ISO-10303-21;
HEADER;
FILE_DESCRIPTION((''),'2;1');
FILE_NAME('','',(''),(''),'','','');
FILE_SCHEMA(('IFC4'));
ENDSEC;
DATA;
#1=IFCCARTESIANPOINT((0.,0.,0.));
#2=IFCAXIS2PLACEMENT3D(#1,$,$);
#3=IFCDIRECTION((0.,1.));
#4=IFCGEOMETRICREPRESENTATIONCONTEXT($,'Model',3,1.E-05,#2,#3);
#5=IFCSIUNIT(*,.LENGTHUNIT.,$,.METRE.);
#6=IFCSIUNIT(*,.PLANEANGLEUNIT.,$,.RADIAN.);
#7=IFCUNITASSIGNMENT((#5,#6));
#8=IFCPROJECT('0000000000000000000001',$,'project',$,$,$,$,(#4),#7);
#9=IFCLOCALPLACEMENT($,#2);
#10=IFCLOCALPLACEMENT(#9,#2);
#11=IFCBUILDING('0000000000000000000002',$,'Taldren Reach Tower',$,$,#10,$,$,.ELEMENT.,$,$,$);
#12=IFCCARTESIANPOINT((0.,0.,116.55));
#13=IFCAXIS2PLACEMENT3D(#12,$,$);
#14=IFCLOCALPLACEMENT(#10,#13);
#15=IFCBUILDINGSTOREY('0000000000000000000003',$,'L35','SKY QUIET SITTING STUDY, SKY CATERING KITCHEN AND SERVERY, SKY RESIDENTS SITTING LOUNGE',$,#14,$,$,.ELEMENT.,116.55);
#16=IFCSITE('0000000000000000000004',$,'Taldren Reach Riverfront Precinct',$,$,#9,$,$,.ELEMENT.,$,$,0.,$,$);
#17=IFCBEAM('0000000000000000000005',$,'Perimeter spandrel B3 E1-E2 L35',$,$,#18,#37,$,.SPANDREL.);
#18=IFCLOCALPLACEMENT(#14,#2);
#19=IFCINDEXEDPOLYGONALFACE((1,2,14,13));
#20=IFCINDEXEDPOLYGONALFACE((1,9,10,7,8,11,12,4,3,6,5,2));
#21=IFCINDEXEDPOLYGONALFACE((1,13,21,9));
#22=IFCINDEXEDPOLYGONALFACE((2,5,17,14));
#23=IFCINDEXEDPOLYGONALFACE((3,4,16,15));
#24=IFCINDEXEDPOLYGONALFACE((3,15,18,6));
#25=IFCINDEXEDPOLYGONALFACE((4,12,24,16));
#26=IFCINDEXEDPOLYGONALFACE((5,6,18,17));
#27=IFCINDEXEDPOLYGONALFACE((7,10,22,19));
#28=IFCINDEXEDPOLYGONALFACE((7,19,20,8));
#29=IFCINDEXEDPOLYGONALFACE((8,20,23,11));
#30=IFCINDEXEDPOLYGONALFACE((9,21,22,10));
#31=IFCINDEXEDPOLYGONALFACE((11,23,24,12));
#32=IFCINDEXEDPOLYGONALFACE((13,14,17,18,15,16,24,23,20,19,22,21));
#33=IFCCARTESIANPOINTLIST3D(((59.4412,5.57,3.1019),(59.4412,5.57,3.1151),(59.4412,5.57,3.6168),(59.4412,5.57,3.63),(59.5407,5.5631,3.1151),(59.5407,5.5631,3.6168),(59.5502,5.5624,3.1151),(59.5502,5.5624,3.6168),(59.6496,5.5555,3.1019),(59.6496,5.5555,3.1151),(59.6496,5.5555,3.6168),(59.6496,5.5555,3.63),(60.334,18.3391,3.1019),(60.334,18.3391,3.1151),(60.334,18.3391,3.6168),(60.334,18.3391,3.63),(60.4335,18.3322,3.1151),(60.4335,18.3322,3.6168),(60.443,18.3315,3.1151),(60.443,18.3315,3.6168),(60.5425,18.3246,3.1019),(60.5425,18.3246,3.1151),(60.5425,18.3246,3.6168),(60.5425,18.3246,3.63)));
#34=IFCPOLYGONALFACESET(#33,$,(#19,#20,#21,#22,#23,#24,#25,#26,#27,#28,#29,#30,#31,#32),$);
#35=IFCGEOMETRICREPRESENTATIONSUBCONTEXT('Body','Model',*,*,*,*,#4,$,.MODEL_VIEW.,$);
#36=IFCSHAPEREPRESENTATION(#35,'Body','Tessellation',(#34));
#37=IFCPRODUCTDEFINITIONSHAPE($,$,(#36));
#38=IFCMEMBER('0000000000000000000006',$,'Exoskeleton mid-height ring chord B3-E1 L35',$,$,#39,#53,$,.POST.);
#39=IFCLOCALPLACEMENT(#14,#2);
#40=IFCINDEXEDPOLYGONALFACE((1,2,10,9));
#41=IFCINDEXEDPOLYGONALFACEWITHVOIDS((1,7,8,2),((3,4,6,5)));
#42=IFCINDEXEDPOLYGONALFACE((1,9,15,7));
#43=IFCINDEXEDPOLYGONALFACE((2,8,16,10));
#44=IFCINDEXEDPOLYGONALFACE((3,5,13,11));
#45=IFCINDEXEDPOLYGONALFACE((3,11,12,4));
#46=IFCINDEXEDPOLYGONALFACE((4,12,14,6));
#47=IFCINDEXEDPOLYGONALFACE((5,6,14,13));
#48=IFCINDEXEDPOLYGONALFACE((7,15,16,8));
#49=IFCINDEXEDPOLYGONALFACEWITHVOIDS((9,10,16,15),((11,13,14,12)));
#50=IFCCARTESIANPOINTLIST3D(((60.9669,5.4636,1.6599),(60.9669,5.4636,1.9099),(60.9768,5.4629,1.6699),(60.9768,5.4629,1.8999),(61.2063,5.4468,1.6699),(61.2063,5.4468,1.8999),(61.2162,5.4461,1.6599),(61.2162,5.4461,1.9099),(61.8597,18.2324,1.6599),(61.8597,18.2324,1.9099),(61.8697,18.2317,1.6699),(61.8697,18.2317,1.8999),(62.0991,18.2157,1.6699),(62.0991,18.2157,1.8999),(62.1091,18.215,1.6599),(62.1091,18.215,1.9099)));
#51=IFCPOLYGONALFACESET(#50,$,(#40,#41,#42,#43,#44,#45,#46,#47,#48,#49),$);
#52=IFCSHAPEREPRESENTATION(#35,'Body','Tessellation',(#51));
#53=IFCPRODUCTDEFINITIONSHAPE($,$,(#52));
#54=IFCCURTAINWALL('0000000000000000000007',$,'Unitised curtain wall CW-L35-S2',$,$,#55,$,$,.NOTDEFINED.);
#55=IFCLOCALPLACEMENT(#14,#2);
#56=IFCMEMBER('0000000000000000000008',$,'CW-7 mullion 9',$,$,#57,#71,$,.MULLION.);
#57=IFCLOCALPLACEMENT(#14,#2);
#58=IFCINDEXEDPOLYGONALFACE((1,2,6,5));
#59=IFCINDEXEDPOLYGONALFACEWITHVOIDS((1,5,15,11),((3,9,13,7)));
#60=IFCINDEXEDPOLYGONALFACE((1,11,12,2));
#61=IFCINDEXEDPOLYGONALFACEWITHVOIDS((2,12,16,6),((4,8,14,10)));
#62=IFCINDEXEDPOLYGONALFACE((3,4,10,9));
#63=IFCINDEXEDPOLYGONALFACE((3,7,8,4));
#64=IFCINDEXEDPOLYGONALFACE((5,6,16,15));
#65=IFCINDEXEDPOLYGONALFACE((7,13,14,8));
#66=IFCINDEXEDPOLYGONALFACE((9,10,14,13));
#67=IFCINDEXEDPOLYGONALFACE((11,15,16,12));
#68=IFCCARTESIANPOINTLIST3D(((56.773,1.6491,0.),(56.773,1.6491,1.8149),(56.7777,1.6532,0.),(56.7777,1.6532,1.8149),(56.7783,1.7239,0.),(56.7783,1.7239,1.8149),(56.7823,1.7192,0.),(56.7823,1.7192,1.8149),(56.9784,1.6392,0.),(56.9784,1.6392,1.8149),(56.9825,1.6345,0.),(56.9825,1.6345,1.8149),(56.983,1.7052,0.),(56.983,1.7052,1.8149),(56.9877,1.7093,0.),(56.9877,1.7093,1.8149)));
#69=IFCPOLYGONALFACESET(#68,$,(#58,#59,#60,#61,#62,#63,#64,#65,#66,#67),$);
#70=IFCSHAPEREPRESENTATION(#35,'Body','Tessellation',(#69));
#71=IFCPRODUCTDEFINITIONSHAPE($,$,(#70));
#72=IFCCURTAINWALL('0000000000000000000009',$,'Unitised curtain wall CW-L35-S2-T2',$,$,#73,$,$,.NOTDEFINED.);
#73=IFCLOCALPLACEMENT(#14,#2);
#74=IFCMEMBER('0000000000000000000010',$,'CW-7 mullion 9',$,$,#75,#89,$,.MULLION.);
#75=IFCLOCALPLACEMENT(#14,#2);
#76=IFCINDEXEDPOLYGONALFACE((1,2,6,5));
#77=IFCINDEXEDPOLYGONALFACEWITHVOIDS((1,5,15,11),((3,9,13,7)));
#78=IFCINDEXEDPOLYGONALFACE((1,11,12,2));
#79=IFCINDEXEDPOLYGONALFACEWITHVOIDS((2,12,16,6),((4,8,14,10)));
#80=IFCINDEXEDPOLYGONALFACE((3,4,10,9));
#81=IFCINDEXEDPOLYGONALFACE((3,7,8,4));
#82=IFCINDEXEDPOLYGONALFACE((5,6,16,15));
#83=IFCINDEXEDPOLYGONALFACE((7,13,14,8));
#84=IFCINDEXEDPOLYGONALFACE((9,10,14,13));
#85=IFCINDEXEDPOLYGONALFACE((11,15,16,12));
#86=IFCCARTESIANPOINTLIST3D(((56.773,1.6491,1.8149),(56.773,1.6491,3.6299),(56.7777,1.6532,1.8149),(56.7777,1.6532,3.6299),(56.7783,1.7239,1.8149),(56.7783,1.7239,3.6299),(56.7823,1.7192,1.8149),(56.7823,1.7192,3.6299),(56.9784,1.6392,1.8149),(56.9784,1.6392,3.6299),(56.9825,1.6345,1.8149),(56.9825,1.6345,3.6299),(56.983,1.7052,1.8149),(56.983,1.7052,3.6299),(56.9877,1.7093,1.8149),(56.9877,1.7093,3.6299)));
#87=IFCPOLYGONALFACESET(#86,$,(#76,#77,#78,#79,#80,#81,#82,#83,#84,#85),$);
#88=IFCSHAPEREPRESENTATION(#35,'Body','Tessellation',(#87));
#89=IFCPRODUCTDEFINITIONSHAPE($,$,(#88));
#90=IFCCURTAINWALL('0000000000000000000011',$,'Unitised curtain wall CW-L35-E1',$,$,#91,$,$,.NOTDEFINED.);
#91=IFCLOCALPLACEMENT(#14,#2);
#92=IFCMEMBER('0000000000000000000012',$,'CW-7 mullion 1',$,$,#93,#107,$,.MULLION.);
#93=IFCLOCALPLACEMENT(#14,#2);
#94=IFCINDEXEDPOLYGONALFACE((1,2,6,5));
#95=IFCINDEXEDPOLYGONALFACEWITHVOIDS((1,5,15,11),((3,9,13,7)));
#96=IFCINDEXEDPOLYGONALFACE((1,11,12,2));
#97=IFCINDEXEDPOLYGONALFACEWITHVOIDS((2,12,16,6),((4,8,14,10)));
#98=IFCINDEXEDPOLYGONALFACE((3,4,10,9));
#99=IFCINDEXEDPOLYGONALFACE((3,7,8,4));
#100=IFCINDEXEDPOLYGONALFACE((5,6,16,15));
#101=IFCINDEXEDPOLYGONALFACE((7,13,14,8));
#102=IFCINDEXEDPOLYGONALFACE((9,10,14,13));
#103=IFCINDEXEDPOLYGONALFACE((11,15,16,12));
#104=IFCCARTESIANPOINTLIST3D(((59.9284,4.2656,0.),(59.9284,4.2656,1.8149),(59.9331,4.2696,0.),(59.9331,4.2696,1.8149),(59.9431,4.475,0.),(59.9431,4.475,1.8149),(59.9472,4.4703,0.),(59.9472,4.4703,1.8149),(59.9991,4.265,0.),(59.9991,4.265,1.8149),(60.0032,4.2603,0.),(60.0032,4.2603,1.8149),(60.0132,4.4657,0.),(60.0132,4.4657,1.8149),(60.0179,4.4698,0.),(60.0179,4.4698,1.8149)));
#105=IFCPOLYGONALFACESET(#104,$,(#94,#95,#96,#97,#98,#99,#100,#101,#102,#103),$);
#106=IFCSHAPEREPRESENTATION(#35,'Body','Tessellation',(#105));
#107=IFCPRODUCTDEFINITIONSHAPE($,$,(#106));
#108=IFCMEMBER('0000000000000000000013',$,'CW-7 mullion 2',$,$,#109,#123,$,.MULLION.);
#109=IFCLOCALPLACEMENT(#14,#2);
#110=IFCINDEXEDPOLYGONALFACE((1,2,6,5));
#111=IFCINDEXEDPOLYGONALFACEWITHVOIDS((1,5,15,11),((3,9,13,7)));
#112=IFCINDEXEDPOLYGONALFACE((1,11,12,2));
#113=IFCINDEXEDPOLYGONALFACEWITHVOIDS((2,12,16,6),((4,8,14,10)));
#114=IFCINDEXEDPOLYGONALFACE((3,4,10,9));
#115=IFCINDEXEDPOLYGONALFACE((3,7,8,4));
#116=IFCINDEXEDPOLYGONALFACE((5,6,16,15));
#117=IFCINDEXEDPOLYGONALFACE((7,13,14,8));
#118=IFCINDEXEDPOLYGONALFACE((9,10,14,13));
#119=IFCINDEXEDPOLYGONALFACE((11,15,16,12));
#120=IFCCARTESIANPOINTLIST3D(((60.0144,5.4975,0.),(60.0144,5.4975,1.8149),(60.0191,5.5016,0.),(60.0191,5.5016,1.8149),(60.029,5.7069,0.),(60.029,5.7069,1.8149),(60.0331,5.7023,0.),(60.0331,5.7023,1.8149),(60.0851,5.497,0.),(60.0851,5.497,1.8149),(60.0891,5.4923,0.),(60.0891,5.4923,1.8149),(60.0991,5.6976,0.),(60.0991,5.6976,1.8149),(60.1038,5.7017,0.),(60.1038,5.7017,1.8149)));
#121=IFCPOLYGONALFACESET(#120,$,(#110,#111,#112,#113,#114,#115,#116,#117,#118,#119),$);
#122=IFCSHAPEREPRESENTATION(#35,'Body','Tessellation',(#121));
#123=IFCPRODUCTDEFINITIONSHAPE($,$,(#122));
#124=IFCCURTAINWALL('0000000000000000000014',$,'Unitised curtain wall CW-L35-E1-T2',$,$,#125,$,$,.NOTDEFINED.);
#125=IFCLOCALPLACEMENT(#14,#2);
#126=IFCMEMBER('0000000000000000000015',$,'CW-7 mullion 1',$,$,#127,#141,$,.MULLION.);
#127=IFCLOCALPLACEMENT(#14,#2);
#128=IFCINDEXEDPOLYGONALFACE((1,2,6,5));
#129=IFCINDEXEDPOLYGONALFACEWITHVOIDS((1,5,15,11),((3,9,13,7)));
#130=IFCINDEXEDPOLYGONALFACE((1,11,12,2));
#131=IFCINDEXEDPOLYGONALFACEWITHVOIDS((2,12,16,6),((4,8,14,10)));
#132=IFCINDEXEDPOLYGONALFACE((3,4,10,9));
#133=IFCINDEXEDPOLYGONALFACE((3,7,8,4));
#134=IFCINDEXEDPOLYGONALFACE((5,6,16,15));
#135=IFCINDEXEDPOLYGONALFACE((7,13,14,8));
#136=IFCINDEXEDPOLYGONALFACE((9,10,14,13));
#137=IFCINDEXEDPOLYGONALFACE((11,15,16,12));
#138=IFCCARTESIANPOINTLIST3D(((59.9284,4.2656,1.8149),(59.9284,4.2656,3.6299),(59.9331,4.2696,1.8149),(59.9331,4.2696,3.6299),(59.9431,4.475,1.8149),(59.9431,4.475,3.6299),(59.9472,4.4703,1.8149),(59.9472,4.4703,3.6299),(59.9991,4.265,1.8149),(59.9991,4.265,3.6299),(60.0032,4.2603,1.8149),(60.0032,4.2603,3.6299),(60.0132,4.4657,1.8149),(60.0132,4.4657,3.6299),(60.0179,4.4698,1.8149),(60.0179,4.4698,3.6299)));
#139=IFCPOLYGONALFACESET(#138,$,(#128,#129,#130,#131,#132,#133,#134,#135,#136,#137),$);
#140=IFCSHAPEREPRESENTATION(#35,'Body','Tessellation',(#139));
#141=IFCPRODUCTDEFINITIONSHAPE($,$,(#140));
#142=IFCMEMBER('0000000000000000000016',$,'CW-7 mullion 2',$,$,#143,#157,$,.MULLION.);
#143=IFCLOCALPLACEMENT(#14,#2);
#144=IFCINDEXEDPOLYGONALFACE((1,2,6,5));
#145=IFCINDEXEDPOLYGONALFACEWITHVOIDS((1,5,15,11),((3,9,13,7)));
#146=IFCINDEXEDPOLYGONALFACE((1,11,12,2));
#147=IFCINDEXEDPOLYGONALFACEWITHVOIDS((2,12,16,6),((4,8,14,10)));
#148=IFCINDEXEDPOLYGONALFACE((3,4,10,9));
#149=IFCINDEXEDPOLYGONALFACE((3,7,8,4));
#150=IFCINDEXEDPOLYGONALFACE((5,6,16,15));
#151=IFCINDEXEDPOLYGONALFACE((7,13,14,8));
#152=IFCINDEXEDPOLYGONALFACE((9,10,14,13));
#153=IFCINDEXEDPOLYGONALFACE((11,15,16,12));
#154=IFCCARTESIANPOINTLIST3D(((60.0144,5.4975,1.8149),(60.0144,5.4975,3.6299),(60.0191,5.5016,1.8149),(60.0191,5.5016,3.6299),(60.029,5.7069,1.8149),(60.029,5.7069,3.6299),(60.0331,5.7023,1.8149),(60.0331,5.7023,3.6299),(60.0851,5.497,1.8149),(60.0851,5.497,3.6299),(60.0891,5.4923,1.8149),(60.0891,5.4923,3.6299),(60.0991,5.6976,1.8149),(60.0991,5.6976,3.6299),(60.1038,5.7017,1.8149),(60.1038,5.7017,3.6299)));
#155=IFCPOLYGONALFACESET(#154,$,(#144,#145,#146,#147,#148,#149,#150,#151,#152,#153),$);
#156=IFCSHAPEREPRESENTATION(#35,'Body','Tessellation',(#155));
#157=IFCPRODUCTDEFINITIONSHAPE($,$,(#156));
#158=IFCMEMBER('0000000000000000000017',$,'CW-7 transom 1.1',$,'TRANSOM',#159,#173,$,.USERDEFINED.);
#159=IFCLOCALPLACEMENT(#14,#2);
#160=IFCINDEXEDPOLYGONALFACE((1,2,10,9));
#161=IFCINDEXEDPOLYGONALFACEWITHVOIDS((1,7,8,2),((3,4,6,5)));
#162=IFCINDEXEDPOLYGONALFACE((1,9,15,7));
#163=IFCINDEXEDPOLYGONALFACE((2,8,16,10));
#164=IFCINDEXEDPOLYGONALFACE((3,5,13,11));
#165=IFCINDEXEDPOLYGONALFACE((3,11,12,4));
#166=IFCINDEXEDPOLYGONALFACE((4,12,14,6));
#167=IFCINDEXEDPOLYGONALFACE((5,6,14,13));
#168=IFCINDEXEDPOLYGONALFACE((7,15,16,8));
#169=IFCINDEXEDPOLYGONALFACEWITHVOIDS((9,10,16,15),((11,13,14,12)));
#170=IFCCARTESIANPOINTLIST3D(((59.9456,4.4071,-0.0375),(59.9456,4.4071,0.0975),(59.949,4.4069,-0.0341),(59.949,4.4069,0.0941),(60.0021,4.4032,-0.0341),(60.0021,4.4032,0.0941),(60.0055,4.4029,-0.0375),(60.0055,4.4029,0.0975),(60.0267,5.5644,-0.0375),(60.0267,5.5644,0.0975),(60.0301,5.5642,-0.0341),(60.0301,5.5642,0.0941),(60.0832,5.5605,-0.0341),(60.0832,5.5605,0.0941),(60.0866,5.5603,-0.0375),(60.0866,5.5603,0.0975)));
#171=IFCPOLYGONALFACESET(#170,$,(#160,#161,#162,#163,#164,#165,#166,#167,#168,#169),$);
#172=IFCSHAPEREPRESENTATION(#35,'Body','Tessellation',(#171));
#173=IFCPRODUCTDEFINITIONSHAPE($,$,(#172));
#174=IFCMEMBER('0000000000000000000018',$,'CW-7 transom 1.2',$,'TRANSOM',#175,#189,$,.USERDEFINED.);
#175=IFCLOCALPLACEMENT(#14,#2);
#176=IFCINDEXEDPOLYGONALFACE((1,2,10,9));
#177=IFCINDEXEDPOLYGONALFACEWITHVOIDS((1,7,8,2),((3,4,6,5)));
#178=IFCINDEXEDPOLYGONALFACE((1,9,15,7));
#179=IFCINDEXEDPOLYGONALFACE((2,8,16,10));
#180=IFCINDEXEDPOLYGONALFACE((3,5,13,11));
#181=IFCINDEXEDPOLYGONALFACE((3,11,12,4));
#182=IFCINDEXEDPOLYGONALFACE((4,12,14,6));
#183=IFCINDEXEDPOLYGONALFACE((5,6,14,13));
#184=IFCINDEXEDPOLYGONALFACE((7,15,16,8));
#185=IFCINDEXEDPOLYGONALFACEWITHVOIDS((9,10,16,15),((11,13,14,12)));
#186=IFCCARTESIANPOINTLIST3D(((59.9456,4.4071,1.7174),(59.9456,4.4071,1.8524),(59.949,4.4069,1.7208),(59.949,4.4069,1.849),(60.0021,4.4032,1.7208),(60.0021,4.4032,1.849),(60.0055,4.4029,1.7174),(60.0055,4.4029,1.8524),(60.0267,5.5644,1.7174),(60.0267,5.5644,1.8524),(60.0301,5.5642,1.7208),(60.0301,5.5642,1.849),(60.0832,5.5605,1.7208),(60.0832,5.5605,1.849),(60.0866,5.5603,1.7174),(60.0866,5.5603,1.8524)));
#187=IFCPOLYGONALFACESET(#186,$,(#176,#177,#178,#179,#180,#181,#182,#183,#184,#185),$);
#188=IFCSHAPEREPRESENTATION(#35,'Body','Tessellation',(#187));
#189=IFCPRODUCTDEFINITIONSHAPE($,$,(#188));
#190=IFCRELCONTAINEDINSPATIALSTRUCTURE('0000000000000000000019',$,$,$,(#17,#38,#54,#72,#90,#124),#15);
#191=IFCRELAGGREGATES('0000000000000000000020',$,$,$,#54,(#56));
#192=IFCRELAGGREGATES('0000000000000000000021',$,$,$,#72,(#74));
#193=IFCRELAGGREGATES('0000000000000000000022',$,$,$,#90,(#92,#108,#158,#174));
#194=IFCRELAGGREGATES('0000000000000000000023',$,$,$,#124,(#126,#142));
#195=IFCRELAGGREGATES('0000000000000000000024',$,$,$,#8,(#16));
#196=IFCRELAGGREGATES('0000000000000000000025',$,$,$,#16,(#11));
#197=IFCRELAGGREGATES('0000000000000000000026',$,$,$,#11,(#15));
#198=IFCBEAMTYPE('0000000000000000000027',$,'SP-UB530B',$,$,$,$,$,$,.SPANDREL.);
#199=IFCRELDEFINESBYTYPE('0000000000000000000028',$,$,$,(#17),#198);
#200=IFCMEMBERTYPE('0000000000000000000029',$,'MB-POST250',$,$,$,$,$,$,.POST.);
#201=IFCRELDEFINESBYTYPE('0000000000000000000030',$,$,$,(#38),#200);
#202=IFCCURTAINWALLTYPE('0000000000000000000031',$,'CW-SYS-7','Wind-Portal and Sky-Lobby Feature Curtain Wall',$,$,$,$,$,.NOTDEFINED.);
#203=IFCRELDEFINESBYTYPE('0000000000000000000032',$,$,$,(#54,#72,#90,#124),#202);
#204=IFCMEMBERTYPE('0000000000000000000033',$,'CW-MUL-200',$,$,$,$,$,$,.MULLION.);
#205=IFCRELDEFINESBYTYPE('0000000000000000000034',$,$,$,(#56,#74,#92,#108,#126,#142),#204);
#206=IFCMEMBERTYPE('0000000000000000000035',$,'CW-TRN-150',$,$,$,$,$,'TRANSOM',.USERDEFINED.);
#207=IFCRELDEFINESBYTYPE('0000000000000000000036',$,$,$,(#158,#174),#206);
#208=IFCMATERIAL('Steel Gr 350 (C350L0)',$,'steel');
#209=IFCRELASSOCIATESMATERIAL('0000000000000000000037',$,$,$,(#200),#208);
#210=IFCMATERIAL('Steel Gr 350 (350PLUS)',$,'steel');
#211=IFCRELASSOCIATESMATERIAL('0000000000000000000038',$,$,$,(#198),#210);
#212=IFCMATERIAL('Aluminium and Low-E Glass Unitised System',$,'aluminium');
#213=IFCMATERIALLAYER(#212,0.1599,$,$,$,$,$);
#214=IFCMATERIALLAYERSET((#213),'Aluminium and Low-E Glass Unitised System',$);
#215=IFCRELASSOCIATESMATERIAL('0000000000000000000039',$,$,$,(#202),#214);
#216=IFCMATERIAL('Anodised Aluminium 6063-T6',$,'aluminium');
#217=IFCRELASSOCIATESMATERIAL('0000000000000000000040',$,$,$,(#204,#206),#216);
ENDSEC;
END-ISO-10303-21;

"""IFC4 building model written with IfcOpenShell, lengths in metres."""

from ifc_helpers import new_model, si_unit, direction, frame, origin, origin_2d, place, context, subcontext, project, spatial, hollow_rectangle, i_section, extrude, source, transform, mapped, material, layer, layer_set, material_profile, profile_set, type_object, element, aggregate, save


model = new_model("IFC4")

# Units and contexts
model_context = context("Model", 3, precision=1e-05, world=origin(), true_north=direction((0.0, 1.0)))
body_context = subcontext(model_context, "Body", "Model", "MODEL_VIEW")
ifc_project = project(units=[si_unit("LENGTHUNIT", "METRE"), si_unit("PLANEANGLEUNIT", "RADIAN")], contexts=[model_context])

# Site, building, storey
site_placement = place(None, origin())
site = spatial("IfcSite", under=ifc_project, at=site_placement, Name="Taldren Reach Riverfront Precinct", CompositionType="ELEMENT", RefElevation=0.0)
building_placement = place(site_placement, origin())
building = spatial("IfcBuilding", under=site, at=building_placement, Name="Taldren Reach Tower", CompositionType="ELEMENT")
storey_placement = place(building_placement, frame((0.0, 0.0, 116.55)))
storey = spatial("IfcBuildingStorey", under=building, at=storey_placement, Name="L35", Description="SKY QUIET SITTING STUDY, SKY CATERING KITCHEN AND SERVERY, SKY RESIDENTS SITTING LOUNGE", CompositionType="ELEMENT", Elevation=116.55)

# Shared definitions
ifc_material_1 = material(Name="Steel Gr 350 (350PLUS)", Category="steel")

# Shared definitions
ifc_material_2 = material(Name="Steel Gr 350 (C350L0)", Category="steel")
ifc_material_profile_1 = material_profile(ifc_material_2, hollow_rectangle(XDim=0.25, YDim=0.25, WallThickness=0.01, at=origin_2d()), Name="250x250x10.0SHS")
ifc_profile_set_1 = profile_set([ifc_material_profile_1], Name="Steel Gr 350 (C350L0)")
member_type_1 = type_object("IfcMemberType", Name="MB-POST250", PredefinedType="POST", material=ifc_profile_set_1)

# Beam
ifc_material_profile_2 = material_profile(ifc_material_1, i_section(OverallWidth=0.209, OverallDepth=0.5281, WebThickness=0.0095, FlangeThickness=0.0132, at=origin_2d()), Name="530UB82.0")
ifc_profile_set_2 = profile_set([ifc_material_profile_2], Name="Steel Gr 350 (350PLUS)")
beam_type_1 = type_object("IfcBeamType", Name="SP-UB530B", PredefinedType="SPANDREL", material=ifc_profile_set_2)
shared_shape_1 = source(origin(), body_context, "Body", "SweptSolid", [
    extrude(i_section(OverallWidth=0.209, OverallDepth=0.5281, WebThickness=0.0095, FlangeThickness=0.0132, at=origin_2d()), origin(), (0.0, 0.0, 1.0), 12.8003),
])
beam_1_placement = place(storey_placement, frame((59.5454, 5.5627, 3.366), z_axis=(0.069751, 0.997564, 0.0), x_axis=(-0.997564, 0.069751, 0.0)))
element("IfcBeam", 1, at=beam_1_placement, inside=storey, type_object=beam_type_1, Name="Perimeter spandrel B3 E1-E2 L35", PredefinedType="SPANDREL", context=body_context, shape_type="MappedRepresentation", body=[
    mapped(shared_shape_1, transform((0.0, 0.0, 0.0), scale=1.0)),
])

# Member
shared_shape_2 = source(origin(), body_context, "Body", "SweptSolid", [
    extrude(hollow_rectangle(XDim=0.25, YDim=0.25, WallThickness=0.01, at=origin_2d()), origin(), (0.0, 0.0, 1.0), 12.8),
])
member_1_placement = place(storey_placement, frame((61.0916, 5.4548, 1.7849), z_axis=(0.069752, 0.997564, 0.0), x_axis=(-0.997564, 0.069752, 0.0)))
element("IfcMember", 2, at=member_1_placement, inside=storey, type_object=member_type_1, Name="Exoskeleton mid-height ring chord B3-E1 L35", PredefinedType="POST", context=body_context, shape_type="MappedRepresentation", body=[
    mapped(shared_shape_2, transform((0.0, 0.0, 0.0), scale=1.0)),
])

# Curtain walls, members
ifc_material_3 = material(Name="Aluminium and Low-E Glass Unitised System", Category="aluminium")
ifc_layer_1 = layer(ifc_material_3, 0.1599)
ifc_layer_set_1 = layer_set([ifc_layer_1], Name="Aluminium and Low-E Glass Unitised System")
curtain_wall_type = type_object("IfcCurtainWallType", Name="CW-SYS-7", Description="Wind-Portal and Sky-Lobby Feature Curtain Wall", PredefinedType="NOTDEFINED", material=ifc_layer_set_1)
curtain_wall_1_placement = place(storey_placement, origin())
curtain_wall_1 = element("IfcCurtainWall", 3, at=curtain_wall_1_placement, inside=storey, type_object=curtain_wall_type, Name="Unitised curtain wall CW-L35-S2", PredefinedType="NOTDEFINED")
ifc_material_4 = material(Name="Anodised Aluminium 6063-T6", Category="aluminium")
ifc_material_profile_3 = material_profile(ifc_material_4, hollow_rectangle(XDim=0.075, YDim=0.21, WallThickness=0.0044, at=origin_2d()), Name="ALU-210x75x4.5RHS")
ifc_profile_set_3 = profile_set([ifc_material_profile_3], Name="Anodised Aluminium 6063-T6")
member_type_2 = type_object("IfcMemberType", Name="CW-MUL-200", PredefinedType="MULLION", material=ifc_profile_set_3)
shared_shape_3 = source(origin(), body_context, "Body", "SweptSolid", [
    extrude(hollow_rectangle(XDim=0.075, YDim=0.21, WallThickness=0.0044, at=origin_2d()), origin(), (0.0, 0.0, 1.0), 1.8149),
])
member_2_placement = place(storey_placement, frame((56.8804, 1.6792, 0.0), z_axis=(0.0, 0.0, 1.0), x_axis=(0.069757, 0.997564, 0.0)))
member_2 = element("IfcMember", 4, at=member_2_placement, type_object=member_type_2, Name="CW-7 mullion 9", PredefinedType="MULLION", context=body_context, shape_type="MappedRepresentation", body=[
    mapped(shared_shape_3, transform((0.0, 0.0, 0.0), scale=1.0)),
])
aggregate(curtain_wall_1, [member_2])
curtain_wall_2_placement = place(storey_placement, origin())
curtain_wall_2 = element("IfcCurtainWall", 5, at=curtain_wall_2_placement, inside=storey, type_object=curtain_wall_type, Name="Unitised curtain wall CW-L35-S2-T2", PredefinedType="NOTDEFINED")
member_3_placement = place(storey_placement, frame((56.8804, 1.6792, 1.8149), z_axis=(0.0, 0.0, 1.0), x_axis=(0.069757, 0.997564, 0.0)))
member_3 = element("IfcMember", 6, at=member_3_placement, type_object=member_type_2, Name="CW-7 mullion 9", PredefinedType="MULLION", context=body_context, shape_type="MappedRepresentation", body=[
    mapped(shared_shape_3, transform((0.0, 0.0, 0.0), scale=1.0)),
])
aggregate(curtain_wall_2, [member_3])

# Curtain walls, members
curtain_wall_3_placement = place(storey_placement, origin())
curtain_wall_3 = element("IfcCurtainWall", 7, at=curtain_wall_3_placement, inside=storey, type_object=curtain_wall_type, Name="Unitised curtain wall CW-L35-E1", PredefinedType="NOTDEFINED")
member_4_placement = place(storey_placement, frame((59.9731, 4.3677, 0.0), z_axis=(0.0, 0.0, 1.0), x_axis=(-0.997564, 0.069756, 0.0)))
member_4 = element("IfcMember", 8, at=member_4_placement, type_object=member_type_2, Name="CW-7 mullion 1", PredefinedType="MULLION", context=body_context, shape_type="MappedRepresentation", body=[
    mapped(shared_shape_3, transform((0.0, 0.0, 0.0), scale=1.0)),
])
member_5_placement = place(storey_placement, frame((60.0591, 5.5996, 0.0), z_axis=(0.0, 0.0, 1.0), x_axis=(-0.997564, 0.069756, 0.0)))
member_5 = element("IfcMember", 9, at=member_5_placement, type_object=member_type_2, Name="CW-7 mullion 2", PredefinedType="MULLION", context=body_context, shape_type="MappedRepresentation", body=[
    mapped(shared_shape_3, transform((0.0, 0.0, 0.0), scale=1.0)),
])
curtain_wall_4_placement = place(storey_placement, origin())
curtain_wall_4 = element("IfcCurtainWall", 10, at=curtain_wall_4_placement, inside=storey, type_object=curtain_wall_type, Name="Unitised curtain wall CW-L35-E1-T2", PredefinedType="NOTDEFINED")
member_6_placement = place(storey_placement, frame((59.9731, 4.3677, 1.8149), z_axis=(0.0, 0.0, 1.0), x_axis=(-0.997564, 0.069756, 0.0)))
member_6 = element("IfcMember", 11, at=member_6_placement, type_object=member_type_2, Name="CW-7 mullion 1", PredefinedType="MULLION", context=body_context, shape_type="MappedRepresentation", body=[
    mapped(shared_shape_3, transform((0.0, 0.0, 0.0), scale=1.0)),
])
member_7_placement = place(storey_placement, frame((60.0591, 5.5996, 1.8149), z_axis=(0.0, 0.0, 1.0), x_axis=(-0.997564, 0.069756, 0.0)))
member_7 = element("IfcMember", 12, at=member_7_placement, type_object=member_type_2, Name="CW-7 mullion 2", PredefinedType="MULLION", context=body_context, shape_type="MappedRepresentation", body=[
    mapped(shared_shape_3, transform((0.0, 0.0, 0.0), scale=1.0)),
])

# Members
ifc_material_profile_4 = material_profile(ifc_material_4, hollow_rectangle(XDim=0.0601, YDim=0.135, WallThickness=0.0034, at=origin_2d()), Name="ALU-135x60x3.5RHS")
ifc_profile_set_4 = profile_set([ifc_material_profile_4], Name="Anodised Aluminium 6063-T6")
member_type_3 = type_object("IfcMemberType", Name="CW-TRN-150", ElementType="TRANSOM", PredefinedType="USERDEFINED", material=ifc_profile_set_4)
shared_shape_4 = source(origin(), body_context, "Body", "SweptSolid", [
    extrude(hollow_rectangle(XDim=0.0601, YDim=0.135, WallThickness=0.0034, at=origin_2d()), origin(), (0.0, 0.0, 1.0), 1.1602),
])
member_8_placement = place(storey_placement, frame((59.9756, 4.405, 0.03), z_axis=(0.069871, 0.997556, 0.0), x_axis=(-0.997556, 0.069871, 0.0)))
member_8 = element("IfcMember", 13, at=member_8_placement, type_object=member_type_3, Name="CW-7 transom 1.1", ObjectType="TRANSOM", PredefinedType="USERDEFINED", context=body_context, shape_type="MappedRepresentation", body=[
    mapped(shared_shape_4, transform((0.0, 0.0, 0.0), scale=1.0)),
])
member_9_placement = place(storey_placement, frame((59.9756, 4.405, 1.7849), z_axis=(0.069871, 0.997556, 0.0), x_axis=(-0.997556, 0.069871, 0.0)))
member_9 = element("IfcMember", 14, at=member_9_placement, type_object=member_type_3, Name="CW-7 transom 1.2", ObjectType="TRANSOM", PredefinedType="USERDEFINED", context=body_context, shape_type="MappedRepresentation", body=[
    mapped(shared_shape_4, transform((0.0, 0.0, 0.0), scale=1.0)),
])

aggregate(curtain_wall_3, [member_4, member_5, member_8, member_9])
aggregate(curtain_wall_4, [member_6, member_7])

save(model, "model.ifc")
